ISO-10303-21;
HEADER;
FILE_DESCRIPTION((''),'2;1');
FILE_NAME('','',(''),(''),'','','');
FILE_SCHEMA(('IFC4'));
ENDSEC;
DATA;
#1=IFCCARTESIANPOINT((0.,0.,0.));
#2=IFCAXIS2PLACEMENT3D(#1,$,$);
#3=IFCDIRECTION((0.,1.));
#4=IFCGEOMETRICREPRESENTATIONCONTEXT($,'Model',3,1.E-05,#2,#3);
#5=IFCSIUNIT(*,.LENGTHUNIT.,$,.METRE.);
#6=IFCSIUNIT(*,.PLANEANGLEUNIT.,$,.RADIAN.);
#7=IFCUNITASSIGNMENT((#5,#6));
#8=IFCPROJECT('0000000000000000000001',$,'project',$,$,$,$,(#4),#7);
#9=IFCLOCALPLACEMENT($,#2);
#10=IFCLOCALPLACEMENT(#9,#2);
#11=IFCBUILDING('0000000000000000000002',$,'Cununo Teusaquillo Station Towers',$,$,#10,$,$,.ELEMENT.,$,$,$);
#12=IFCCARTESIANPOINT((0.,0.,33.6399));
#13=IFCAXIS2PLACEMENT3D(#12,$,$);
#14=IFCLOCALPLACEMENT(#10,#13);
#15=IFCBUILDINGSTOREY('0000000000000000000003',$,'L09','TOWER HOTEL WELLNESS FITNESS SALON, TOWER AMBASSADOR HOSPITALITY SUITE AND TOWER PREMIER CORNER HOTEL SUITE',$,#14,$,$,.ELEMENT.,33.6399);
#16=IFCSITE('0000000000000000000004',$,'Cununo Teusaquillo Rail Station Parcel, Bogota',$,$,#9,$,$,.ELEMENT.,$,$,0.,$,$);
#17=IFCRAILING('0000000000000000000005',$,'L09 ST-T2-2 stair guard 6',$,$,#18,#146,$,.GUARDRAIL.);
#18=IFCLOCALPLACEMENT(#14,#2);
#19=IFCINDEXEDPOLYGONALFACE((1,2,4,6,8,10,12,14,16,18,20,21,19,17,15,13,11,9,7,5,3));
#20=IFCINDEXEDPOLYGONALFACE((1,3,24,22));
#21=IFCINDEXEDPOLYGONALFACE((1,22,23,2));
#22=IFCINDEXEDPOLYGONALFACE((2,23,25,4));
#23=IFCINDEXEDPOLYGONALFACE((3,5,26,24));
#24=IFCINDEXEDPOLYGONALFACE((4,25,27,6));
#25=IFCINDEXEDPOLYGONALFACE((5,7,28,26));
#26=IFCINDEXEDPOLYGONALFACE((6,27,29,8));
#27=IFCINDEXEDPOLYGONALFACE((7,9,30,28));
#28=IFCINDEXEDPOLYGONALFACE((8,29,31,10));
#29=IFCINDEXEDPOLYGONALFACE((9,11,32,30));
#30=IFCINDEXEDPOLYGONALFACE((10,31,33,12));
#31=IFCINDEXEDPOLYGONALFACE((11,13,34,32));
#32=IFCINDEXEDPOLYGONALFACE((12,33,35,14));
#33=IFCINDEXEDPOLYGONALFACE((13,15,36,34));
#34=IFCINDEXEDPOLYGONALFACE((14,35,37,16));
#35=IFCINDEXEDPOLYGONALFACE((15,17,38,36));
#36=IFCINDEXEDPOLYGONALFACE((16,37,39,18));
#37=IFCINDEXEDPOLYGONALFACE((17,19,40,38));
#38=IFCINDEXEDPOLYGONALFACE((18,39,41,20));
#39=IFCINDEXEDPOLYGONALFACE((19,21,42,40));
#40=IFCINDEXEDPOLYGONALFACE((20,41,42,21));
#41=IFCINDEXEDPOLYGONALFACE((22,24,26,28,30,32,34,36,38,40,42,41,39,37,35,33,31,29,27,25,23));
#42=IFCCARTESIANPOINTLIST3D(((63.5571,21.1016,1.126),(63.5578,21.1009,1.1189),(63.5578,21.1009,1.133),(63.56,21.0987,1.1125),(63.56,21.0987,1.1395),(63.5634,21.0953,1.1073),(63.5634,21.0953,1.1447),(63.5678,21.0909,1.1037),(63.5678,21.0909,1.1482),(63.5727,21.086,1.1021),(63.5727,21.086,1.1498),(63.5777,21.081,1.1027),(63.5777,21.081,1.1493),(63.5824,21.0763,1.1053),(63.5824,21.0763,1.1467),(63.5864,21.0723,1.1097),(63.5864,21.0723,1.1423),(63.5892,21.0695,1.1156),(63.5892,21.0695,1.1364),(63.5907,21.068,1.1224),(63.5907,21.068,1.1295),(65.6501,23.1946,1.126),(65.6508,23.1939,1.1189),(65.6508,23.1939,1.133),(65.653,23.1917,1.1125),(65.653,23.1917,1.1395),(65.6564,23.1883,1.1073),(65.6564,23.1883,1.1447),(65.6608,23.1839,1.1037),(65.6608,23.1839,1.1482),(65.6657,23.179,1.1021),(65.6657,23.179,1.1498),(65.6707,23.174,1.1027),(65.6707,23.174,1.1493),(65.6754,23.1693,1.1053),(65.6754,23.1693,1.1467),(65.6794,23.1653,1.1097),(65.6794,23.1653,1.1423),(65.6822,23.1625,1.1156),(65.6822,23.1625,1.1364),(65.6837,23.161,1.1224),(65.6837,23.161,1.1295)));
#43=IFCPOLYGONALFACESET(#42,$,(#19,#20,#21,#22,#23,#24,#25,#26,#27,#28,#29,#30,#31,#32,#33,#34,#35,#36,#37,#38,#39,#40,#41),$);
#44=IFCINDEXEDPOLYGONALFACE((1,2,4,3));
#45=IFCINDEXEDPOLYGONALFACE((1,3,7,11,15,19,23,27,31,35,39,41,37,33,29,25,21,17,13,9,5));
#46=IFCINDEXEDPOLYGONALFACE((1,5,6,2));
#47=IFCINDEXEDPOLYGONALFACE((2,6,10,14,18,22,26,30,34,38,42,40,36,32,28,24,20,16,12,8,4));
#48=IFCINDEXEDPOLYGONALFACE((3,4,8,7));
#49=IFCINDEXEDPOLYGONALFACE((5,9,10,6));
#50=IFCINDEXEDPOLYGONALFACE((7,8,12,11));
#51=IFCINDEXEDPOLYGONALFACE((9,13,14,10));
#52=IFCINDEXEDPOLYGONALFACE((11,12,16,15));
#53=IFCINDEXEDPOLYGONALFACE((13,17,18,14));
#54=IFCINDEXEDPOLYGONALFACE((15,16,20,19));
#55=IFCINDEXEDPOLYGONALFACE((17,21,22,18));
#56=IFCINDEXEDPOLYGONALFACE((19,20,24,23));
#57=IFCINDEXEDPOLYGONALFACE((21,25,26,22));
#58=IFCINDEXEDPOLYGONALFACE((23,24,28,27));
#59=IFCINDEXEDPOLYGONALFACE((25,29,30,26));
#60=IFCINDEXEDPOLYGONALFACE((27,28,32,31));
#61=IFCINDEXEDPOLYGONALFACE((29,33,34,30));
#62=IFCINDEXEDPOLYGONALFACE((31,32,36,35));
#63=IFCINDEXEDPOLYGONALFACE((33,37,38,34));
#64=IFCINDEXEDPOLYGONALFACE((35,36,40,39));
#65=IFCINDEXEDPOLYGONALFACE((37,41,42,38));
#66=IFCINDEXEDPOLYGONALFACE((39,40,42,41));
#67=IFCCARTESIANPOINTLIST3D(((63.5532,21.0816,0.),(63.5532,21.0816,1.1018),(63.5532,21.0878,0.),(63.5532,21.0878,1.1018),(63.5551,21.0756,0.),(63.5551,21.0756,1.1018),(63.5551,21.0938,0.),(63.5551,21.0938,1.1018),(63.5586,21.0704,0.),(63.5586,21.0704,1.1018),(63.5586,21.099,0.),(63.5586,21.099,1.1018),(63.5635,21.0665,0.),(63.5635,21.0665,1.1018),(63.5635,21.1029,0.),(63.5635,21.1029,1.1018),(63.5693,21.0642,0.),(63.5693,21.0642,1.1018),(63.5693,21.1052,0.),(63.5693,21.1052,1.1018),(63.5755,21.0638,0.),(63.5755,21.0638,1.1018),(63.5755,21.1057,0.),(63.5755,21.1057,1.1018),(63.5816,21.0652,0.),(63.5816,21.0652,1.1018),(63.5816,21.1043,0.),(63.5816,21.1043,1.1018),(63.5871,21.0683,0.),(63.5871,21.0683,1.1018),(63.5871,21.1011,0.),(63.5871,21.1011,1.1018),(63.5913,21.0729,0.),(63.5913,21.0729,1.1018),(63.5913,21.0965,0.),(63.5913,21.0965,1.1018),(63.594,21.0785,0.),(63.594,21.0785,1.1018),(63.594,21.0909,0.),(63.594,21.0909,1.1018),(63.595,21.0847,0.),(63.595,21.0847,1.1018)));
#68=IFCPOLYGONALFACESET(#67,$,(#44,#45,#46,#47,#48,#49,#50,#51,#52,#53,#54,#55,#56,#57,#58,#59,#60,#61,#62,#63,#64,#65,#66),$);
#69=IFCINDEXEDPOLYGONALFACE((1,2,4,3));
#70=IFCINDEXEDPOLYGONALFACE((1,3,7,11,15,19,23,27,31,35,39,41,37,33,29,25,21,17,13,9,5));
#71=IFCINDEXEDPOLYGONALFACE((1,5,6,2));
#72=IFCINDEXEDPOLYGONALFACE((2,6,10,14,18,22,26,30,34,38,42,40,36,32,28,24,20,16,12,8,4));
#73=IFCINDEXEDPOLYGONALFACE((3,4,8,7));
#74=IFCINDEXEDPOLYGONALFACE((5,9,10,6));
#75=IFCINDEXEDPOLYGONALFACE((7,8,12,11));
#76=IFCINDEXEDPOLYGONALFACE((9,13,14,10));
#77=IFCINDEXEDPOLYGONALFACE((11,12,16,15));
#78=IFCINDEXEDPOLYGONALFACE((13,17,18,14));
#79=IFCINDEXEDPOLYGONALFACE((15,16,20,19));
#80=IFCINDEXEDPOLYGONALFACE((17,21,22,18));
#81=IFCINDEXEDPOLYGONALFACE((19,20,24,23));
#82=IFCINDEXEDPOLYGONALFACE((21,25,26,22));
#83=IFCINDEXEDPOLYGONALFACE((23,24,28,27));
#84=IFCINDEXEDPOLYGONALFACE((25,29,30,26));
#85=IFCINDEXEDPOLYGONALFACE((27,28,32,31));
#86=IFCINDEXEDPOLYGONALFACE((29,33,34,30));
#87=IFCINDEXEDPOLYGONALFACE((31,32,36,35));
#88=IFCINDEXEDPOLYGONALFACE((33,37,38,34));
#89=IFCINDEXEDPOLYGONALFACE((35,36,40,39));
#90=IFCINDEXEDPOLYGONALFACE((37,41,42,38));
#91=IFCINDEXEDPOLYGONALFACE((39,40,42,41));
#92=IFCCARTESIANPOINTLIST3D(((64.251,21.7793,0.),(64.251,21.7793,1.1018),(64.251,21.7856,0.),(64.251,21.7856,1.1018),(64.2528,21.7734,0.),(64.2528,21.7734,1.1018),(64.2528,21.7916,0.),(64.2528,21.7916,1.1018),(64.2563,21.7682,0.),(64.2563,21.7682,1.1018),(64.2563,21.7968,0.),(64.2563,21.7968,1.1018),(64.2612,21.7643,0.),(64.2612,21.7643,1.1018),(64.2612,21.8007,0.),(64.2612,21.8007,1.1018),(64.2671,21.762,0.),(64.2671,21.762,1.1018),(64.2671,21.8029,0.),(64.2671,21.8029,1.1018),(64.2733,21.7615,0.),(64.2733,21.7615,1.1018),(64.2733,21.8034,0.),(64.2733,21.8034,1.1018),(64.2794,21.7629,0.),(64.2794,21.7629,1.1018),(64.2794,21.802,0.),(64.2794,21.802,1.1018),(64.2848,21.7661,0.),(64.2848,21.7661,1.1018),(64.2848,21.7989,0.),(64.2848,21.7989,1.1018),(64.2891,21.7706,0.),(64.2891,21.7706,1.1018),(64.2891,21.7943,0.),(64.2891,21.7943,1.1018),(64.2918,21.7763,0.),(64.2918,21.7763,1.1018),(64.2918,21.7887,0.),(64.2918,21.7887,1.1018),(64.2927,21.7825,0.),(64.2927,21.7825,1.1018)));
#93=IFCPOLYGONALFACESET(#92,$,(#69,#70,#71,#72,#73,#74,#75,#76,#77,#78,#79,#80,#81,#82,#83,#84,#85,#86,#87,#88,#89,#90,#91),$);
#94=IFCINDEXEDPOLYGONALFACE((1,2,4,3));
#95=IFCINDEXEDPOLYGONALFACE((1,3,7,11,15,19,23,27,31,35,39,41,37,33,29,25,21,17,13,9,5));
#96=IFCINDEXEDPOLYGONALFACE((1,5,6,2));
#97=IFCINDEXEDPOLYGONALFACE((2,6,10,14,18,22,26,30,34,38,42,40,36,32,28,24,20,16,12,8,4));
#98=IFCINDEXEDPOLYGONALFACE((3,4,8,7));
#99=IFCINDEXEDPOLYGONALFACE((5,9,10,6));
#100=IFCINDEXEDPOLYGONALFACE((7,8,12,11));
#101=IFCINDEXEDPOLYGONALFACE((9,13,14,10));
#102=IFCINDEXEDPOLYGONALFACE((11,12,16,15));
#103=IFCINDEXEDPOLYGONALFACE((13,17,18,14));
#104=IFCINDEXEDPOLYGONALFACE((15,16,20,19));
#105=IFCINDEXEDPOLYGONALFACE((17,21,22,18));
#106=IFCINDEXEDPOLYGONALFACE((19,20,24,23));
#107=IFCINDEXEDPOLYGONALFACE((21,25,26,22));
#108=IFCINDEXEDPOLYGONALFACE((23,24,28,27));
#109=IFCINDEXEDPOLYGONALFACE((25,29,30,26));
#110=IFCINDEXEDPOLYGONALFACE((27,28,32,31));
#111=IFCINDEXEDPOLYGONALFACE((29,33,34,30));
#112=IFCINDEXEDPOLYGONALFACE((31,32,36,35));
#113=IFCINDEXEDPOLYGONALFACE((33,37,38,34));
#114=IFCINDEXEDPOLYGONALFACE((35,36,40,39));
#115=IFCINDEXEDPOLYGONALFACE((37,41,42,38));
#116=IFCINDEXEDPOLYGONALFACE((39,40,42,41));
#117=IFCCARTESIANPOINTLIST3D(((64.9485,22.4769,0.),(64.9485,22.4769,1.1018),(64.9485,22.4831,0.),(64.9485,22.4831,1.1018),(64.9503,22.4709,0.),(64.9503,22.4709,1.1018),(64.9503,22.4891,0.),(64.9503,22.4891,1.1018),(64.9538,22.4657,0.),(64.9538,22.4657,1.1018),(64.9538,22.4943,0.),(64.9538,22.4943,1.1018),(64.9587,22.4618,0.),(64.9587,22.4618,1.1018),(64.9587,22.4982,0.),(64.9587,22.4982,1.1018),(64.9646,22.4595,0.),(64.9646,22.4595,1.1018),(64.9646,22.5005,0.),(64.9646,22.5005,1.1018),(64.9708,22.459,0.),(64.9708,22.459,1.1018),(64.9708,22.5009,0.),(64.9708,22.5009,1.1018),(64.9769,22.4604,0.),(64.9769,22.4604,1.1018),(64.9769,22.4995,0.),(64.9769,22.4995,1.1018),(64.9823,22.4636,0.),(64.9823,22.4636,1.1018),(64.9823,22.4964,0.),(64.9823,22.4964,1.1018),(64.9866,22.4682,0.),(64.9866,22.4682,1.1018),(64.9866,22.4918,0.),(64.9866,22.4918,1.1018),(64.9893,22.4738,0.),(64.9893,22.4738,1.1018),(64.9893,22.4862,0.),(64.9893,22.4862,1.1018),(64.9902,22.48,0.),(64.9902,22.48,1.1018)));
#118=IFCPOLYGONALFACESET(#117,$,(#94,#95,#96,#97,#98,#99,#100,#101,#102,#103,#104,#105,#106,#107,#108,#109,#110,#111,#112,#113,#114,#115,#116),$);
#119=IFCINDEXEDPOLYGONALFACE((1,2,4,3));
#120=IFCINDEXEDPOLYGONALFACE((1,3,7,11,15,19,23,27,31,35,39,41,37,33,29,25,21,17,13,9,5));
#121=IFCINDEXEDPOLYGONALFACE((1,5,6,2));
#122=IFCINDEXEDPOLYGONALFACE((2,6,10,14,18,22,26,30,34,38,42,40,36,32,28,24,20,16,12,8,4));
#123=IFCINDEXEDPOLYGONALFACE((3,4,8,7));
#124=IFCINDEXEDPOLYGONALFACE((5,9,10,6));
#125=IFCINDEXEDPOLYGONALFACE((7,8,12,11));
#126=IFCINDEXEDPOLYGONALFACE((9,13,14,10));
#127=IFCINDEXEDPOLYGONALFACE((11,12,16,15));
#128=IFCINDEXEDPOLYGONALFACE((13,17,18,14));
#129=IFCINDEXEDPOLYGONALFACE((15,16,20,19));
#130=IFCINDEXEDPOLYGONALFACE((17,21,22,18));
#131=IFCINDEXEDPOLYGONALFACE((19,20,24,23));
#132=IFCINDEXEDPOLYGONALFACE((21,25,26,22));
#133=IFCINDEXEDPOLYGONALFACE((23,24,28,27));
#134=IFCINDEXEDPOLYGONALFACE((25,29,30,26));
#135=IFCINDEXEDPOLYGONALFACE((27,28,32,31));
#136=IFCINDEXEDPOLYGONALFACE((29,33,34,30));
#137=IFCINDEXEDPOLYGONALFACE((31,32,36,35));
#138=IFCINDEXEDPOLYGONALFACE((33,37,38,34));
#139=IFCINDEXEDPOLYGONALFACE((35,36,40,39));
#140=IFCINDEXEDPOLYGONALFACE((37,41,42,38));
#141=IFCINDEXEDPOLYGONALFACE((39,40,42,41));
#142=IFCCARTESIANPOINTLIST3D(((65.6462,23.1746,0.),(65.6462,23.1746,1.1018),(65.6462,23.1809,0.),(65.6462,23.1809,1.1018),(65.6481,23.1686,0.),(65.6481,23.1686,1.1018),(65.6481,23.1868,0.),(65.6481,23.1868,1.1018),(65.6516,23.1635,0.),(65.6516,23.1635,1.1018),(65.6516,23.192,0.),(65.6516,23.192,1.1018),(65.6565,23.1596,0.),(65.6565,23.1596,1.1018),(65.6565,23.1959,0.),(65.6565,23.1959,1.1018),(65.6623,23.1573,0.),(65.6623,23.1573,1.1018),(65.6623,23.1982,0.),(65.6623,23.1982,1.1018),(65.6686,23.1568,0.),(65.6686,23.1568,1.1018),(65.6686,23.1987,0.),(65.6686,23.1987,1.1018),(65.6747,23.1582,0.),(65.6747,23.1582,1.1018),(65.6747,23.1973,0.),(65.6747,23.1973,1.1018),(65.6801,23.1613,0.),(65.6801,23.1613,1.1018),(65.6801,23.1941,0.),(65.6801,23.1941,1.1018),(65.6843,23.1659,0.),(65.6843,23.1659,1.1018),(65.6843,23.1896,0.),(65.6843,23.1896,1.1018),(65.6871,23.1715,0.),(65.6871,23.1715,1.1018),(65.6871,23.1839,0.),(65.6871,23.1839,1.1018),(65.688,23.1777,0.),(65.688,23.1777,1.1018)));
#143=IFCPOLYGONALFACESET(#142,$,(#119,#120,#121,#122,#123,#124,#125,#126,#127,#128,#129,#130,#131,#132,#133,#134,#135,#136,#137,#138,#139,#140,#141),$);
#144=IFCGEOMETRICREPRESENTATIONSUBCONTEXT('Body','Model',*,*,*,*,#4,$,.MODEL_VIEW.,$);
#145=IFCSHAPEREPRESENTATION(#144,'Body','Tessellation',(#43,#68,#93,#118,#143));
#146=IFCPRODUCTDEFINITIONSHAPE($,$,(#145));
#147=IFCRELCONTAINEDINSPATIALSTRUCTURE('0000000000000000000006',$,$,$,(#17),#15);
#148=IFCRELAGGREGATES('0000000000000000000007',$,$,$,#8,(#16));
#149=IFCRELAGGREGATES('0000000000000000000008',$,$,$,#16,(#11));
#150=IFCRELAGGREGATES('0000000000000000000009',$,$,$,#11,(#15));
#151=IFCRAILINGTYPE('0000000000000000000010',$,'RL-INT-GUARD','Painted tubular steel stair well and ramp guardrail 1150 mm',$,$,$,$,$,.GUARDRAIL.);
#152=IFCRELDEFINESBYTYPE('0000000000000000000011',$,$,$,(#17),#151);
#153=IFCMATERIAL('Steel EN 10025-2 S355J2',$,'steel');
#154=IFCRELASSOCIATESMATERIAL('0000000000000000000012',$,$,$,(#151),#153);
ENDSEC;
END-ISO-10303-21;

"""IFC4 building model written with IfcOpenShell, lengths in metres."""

from ifc_helpers import new_model, si_unit, direction, frame, origin, origin_2d, place, context, subcontext, project, spatial, circle, extrude, material, type_object, element, save


model = new_model("IFC4")

# Units and contexts
model_context = context("Model", 3, precision=1e-05, world=origin(), true_north=direction((0.0, 1.0)))
body_context = subcontext(model_context, "Body", "Model", "MODEL_VIEW")
ifc_project = project(units=[si_unit("LENGTHUNIT", "METRE"), si_unit("PLANEANGLEUNIT", "RADIAN")], contexts=[model_context])

# Site, building, storey
site_placement = place(None, origin())
site = spatial("IfcSite", under=ifc_project, at=site_placement, Name="Cununo Teusaquillo Rail Station Parcel, Bogota", CompositionType="ELEMENT", RefElevation=0.0)
building_placement = place(site_placement, origin())
building = spatial("IfcBuilding", under=site, at=building_placement, Name="Cununo Teusaquillo Station Towers", CompositionType="ELEMENT")
storey_placement = place(building_placement, frame((0.0, 0.0, 33.6399)))
storey = spatial("IfcBuildingStorey", under=building, at=storey_placement, Name="L09", Description="TOWER HOTEL WELLNESS FITNESS SALON, TOWER AMBASSADOR HOSPITALITY SUITE AND TOWER PREMIER CORNER HOTEL SUITE", CompositionType="ELEMENT", Elevation=33.6399)

# Railing
ifc_material_1 = material(Name="Steel EN 10025-2 S355J2", Category="steel")
railing_type = type_object("IfcRailingType", Name="RL-INT-GUARD", Description="Painted tubular steel stair well and ramp guardrail 1150 mm", PredefinedType="GUARDRAIL", material=ifc_material_1)
railing_1_placement = place(storey_placement, frame((63.574, 21.0847, 0.0)))
element("IfcRailing", 1, at=railing_1_placement, inside=storey, type_object=railing_type, Name="L09 ST-T2-2 stair guard 6", PredefinedType="GUARDRAIL", context=body_context, shape_type="SweptSolid", body=[
    extrude(circle(Radius=0.0239, at=origin_2d()), frame((0.0, 0.0, 1.126), z_axis=(0.707107, 0.707107, 0.0), x_axis=(-0.707107, 0.707107, 0.0)), (0.0, 0.0, 1.0), 2.96),
    extrude(circle(Radius=0.021, at=origin_2d()), origin(), (0.0, 0.0, 1.0), 1.1018),
    extrude(circle(Radius=0.021, at=origin_2d()), frame((0.6978, 0.6978, 0.0)), (0.0, 0.0, 1.0), 1.1018),
    extrude(circle(Radius=0.021, at=origin_2d()), frame((1.3953, 1.3953, 0.0)), (0.0, 0.0, 1.0), 1.1018),
    extrude(circle(Radius=0.021, at=origin_2d()), frame((2.093, 2.093, 0.0)), (0.0, 0.0, 1.0), 1.1018),
])

save(model, "model.ifc")
